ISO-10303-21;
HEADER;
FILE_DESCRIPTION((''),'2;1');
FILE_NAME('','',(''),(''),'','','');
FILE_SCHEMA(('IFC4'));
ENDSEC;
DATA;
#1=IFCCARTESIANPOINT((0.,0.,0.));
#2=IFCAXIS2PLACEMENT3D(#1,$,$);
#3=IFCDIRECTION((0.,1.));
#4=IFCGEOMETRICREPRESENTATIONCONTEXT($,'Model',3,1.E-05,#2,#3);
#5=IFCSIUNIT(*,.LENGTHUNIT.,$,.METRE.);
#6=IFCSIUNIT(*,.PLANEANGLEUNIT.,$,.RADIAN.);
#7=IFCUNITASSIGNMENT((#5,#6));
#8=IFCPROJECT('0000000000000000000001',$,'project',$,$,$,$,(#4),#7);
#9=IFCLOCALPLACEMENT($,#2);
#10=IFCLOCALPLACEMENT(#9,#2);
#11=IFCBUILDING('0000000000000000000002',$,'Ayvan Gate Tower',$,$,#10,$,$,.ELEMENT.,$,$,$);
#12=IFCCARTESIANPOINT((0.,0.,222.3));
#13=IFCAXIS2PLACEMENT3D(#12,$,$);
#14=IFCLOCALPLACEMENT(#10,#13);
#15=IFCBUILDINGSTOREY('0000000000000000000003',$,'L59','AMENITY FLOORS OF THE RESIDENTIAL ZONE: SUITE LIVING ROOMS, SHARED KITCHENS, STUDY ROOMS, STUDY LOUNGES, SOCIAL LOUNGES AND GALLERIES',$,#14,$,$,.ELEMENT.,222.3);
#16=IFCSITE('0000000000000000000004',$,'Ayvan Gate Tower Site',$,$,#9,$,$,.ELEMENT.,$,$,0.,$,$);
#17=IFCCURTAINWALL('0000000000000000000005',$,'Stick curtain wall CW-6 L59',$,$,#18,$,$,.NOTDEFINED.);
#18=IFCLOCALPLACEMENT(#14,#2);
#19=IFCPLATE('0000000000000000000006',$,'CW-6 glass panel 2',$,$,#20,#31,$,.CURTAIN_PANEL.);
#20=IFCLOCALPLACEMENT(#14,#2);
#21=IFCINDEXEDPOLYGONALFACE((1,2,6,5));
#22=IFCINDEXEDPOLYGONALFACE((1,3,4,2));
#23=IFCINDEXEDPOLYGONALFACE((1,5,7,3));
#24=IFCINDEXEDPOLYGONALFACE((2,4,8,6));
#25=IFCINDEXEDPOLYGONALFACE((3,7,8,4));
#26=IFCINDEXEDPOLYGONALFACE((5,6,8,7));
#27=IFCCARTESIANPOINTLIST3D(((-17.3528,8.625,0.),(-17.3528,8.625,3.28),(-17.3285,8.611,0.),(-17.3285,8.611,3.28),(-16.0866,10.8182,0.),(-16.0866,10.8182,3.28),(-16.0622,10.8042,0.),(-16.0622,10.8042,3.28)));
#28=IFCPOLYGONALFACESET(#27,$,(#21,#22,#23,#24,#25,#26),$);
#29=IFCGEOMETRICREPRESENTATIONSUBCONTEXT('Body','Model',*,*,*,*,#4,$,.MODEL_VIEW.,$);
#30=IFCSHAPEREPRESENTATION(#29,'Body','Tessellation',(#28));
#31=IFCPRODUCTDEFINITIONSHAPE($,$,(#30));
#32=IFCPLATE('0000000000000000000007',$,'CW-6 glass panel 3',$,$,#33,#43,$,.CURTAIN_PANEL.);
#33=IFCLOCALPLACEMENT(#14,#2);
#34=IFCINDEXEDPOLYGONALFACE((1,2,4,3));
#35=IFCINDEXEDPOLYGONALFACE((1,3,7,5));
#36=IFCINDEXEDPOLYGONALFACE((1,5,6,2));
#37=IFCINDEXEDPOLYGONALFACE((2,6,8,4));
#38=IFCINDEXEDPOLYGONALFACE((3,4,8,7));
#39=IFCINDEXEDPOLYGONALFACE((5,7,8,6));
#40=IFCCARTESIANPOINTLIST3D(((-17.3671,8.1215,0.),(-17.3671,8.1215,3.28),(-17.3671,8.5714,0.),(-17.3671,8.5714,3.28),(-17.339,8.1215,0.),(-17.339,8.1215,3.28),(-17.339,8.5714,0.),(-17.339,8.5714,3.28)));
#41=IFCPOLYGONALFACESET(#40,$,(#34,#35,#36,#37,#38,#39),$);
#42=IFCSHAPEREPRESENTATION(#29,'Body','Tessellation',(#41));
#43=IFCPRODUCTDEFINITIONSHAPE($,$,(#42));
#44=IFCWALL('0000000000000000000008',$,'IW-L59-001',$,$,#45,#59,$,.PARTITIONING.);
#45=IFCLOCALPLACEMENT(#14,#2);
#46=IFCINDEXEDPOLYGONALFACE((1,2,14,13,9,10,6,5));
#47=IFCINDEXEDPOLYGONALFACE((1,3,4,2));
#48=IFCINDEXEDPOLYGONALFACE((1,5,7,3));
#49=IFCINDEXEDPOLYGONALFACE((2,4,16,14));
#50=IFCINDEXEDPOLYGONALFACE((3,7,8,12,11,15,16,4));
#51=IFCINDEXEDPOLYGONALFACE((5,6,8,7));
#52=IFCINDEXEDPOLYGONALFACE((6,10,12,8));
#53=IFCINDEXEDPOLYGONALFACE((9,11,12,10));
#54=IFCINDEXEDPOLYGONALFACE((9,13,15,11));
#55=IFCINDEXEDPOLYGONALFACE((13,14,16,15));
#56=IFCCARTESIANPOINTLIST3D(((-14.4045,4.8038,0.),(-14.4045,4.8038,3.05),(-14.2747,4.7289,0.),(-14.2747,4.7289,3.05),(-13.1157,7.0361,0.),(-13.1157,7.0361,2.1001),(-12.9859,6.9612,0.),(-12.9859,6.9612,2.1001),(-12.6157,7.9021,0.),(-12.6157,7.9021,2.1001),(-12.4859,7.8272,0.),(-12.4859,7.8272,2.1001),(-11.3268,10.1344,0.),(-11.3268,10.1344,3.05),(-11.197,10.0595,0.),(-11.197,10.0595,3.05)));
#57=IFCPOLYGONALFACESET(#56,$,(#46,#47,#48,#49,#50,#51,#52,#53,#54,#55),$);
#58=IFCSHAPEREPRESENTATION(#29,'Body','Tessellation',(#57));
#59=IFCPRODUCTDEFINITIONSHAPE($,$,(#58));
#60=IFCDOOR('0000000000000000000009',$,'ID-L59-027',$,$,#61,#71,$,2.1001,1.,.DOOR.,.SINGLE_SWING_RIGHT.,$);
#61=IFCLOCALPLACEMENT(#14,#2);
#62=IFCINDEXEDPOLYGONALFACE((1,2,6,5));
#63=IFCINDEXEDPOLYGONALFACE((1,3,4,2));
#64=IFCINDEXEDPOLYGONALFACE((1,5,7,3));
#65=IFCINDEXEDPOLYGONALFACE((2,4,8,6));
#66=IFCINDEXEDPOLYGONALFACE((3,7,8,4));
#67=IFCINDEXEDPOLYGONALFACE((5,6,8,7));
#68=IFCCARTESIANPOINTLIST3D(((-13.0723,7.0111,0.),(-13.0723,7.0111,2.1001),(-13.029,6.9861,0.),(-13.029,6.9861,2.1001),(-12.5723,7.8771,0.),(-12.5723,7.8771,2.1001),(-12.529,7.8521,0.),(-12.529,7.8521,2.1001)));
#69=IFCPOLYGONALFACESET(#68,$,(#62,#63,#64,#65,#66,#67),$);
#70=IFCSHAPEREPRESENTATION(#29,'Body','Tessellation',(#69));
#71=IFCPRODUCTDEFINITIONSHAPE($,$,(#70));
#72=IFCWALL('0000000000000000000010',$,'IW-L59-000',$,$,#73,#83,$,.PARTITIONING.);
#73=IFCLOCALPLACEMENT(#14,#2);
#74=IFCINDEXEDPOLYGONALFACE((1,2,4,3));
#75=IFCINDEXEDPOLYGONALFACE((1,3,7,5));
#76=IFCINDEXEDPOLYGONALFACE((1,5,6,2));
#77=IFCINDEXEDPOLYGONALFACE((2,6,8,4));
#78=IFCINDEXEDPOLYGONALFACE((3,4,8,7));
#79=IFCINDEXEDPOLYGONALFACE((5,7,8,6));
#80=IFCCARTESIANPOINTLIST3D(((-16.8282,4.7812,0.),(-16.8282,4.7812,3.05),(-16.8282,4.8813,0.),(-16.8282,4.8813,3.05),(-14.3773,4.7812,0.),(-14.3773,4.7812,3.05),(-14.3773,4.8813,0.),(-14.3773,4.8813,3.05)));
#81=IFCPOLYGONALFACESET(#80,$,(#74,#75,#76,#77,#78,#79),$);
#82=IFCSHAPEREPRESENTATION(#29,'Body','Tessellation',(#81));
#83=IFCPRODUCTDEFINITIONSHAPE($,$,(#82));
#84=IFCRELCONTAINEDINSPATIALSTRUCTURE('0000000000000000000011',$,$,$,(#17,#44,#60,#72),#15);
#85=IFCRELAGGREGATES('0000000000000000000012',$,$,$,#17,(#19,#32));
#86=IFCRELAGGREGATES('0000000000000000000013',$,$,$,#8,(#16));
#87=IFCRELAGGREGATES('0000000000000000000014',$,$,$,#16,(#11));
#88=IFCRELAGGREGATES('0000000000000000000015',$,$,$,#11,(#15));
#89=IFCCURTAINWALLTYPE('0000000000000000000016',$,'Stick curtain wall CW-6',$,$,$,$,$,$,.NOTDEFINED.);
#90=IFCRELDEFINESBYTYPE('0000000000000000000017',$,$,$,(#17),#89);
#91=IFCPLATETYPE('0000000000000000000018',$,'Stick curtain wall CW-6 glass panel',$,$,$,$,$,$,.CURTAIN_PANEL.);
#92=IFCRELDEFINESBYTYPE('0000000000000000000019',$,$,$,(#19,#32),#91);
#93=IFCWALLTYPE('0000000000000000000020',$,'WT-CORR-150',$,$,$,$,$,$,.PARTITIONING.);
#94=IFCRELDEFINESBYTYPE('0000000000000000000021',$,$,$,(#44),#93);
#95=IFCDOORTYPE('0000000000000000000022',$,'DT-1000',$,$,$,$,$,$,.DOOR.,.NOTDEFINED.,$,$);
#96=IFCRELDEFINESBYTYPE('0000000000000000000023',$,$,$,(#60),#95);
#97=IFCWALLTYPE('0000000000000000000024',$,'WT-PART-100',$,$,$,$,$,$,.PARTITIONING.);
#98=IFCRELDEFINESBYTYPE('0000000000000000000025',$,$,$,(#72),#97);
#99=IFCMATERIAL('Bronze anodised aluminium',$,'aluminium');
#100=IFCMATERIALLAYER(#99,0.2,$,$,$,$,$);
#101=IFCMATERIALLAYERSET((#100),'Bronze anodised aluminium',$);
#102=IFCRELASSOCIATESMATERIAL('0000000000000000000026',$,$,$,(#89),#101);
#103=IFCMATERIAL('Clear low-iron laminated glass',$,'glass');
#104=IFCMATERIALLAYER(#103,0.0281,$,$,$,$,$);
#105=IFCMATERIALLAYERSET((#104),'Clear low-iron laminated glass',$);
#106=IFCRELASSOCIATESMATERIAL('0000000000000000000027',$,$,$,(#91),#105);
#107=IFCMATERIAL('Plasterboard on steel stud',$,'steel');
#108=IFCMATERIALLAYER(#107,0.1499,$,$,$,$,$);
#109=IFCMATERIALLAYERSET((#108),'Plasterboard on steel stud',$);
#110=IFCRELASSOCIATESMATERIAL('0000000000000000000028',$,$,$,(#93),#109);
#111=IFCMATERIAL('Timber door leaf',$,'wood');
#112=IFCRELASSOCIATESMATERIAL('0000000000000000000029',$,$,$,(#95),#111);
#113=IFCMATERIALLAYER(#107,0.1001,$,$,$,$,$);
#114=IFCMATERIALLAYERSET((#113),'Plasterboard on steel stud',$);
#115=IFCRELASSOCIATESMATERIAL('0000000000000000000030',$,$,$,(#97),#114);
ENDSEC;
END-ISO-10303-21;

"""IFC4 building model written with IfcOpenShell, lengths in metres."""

from ifc_helpers import new_model, si_unit, direction, frame, frame_2d, origin, origin_2d, place, context, subcontext, project, spatial, rectangle, extrude, material, layer, layer_set, type_object, element, fill, aggregate, save


model = new_model("IFC4")

# Units and contexts
model_context = context("Model", 3, precision=1e-05, world=origin(), true_north=direction((0.0, 1.0)))
body_context = subcontext(model_context, "Body", "Model", "MODEL_VIEW")
ifc_project = project(units=[si_unit("LENGTHUNIT", "METRE"), si_unit("PLANEANGLEUNIT", "RADIAN")], contexts=[model_context])

# Site, building, storey
site_placement = place(None, origin())
site = spatial("IfcSite", under=ifc_project, at=site_placement, Name="Ayvan Gate Tower Site", CompositionType="ELEMENT", RefElevation=0.0)
building_placement = place(site_placement, origin())
building = spatial("IfcBuilding", under=site, at=building_placement, Name="Ayvan Gate Tower", CompositionType="ELEMENT")
storey_placement = place(building_placement, frame((0.0, 0.0, 222.3)))
storey = spatial("IfcBuildingStorey", under=building, at=storey_placement, Name="L59", Description="AMENITY FLOORS OF THE RESIDENTIAL ZONE: SUITE LIVING ROOMS, SHARED KITCHENS, STUDY ROOMS, STUDY LOUNGES, SOCIAL LOUNGES AND GALLERIES", CompositionType="ELEMENT", Elevation=222.3)

# Curtain wall
ifc_material_1 = material(Name="Bronze anodised aluminium", Category="aluminium")
ifc_layer_1 = layer(ifc_material_1, 0.2)
ifc_layer_set_1 = layer_set([ifc_layer_1], Name="Bronze anodised aluminium")
curtain_wall_type_1 = type_object("IfcCurtainWallType", Name="Stick curtain wall CW-6", PredefinedType="NOTDEFINED", material=ifc_layer_set_1)
curtain_wall_1_placement = place(storey_placement, origin())
curtain_wall_1 = element("IfcCurtainWall", 1, at=curtain_wall_1_placement, inside=storey, type_object=curtain_wall_type_1, Name="Stick curtain wall CW-6 L59", PredefinedType="NOTDEFINED")

# Plates
ifc_material_2 = material(Name="Clear low-iron laminated glass", Category="glass")
ifc_layer_2 = layer(ifc_material_2, 0.0281)
ifc_layer_set_2 = layer_set([ifc_layer_2], Name="Clear low-iron laminated glass")
plate_type_1 = type_object("IfcPlateType", Name="Stick curtain wall CW-6 glass panel", PredefinedType="CURTAIN_PANEL", material=ifc_layer_set_2)
plate_1_placement = place(storey_placement, frame((-16.7075, 9.7146, 0.0), z_axis=(0.0, 0.0, 1.0), x_axis=(-0.5, -0.866025, 0.0)))
plate_1 = element("IfcPlate", 2, at=plate_1_placement, type_object=plate_type_1, Name="CW-6 glass panel 2", PredefinedType="CURTAIN_PANEL", context=body_context, shape_type="SweptSolid", body=[
    extrude(rectangle(XDim=2.5325, YDim=0.0281, at=origin_2d()), origin(), (0.0, 0.0, 1.0), 3.28),
])
plate_2_placement = place(storey_placement, frame((-17.353, 8.3464, 0.0), z_axis=(0.0, 0.0, 1.0), x_axis=(0.0, -1.0, 0.0)))
plate_2 = element("IfcPlate", 3, at=plate_2_placement, type_object=plate_type_1, Name="CW-6 glass panel 3", PredefinedType="CURTAIN_PANEL", context=body_context, shape_type="SweptSolid", body=[
    extrude(rectangle(XDim=0.45, YDim=0.0281, at=origin_2d()), origin(), (0.0, 0.0, 1.0), 3.28),
])
aggregate(curtain_wall_1, [plate_1, plate_2])

# Wall, opening, door
ifc_material_3 = material(Name="Plasterboard on steel stud", Category="steel")
ifc_layer_3 = layer(ifc_material_3, 0.1499)
ifc_layer_set_3 = layer_set([ifc_layer_3], Name="Plasterboard on steel stud")
wall_type_1 = type_object("IfcWallType", Name="WT-CORR-150", PredefinedType="PARTITIONING", material=ifc_layer_set_3)
wall_1_placement = place(storey_placement, frame((-14.3396, 4.7664, 0.0), z_axis=(0.0, 0.0, 1.0), x_axis=(0.500004, 0.866023, 0.0)))
wall_1 = element("IfcWall", 4, at=wall_1_placement, inside=storey, type_object=wall_type_1, Name="IW-L59-001", PredefinedType="PARTITIONING", context=body_context, shape_type="SweptSolid", body=[
    extrude(rectangle(XDim=6.1553, YDim=0.1499, at=frame_2d((3.0776, 0.0))), origin(), (0.0, 0.0, 1.0), 3.05),
])
opening_1_placement = place(wall_1_placement, frame((2.5776, 0.0, 0.0)))
opening_1 = element("IfcOpeningElement", 5, at=opening_1_placement, cuts=wall_1, PredefinedType="OPENING", context=body_context, shape_type="SweptSolid", body=[
    extrude(rectangle(XDim=1.0, YDim=2.1001, at=frame_2d((0.5, 1.05))), frame((0.0, 0.085, 0.0), z_axis=(0.0, -1.0, 0.0), x_axis=(1.0, 0.0, 0.0)), (0.0, 0.0, 1.0), 0.1699),
])
ifc_material_4 = material(Name="Timber door leaf", Category="wood")
door_type_1 = type_object("IfcDoorType", Name="DT-1000", OperationType="NOTDEFINED", PredefinedType="DOOR", material=ifc_material_4)
door_1_placement = place(opening_1_placement, origin())
door_1 = element("IfcDoor", 6, at=door_1_placement, inside=storey, type_object=door_type_1, Name="ID-L59-027", OperationType="SINGLE_SWING_RIGHT", OverallHeight=2.1001, OverallWidth=1.0, PredefinedType="DOOR", context=body_context, shape_type="SweptSolid", body=[
    extrude(rectangle(XDim=1.0, YDim=2.1001, at=frame_2d((0.5, 1.05))), frame((0.0, 0.0249, 0.0), z_axis=(0.0, -1.0, 0.0), x_axis=(1.0, 0.0, 0.0)), (0.0, 0.0, 1.0), 0.05),
])
fill(opening_1, door_1)

# Wall
ifc_layer_4 = layer(ifc_material_3, 0.1001)
ifc_layer_set_4 = layer_set([ifc_layer_4], Name="Plasterboard on steel stud")
wall_type_2 = type_object("IfcWallType", Name="WT-PART-100", PredefinedType="PARTITIONING", material=ifc_layer_set_4)
wall_2_placement = place(storey_placement, frame((-14.3772, 4.8313, 0.0), z_axis=(0.0, 0.0, 1.0), x_axis=(-1.0, 0.0, 0.0)))
element("IfcWall", 7, at=wall_2_placement, inside=storey, type_object=wall_type_2, Name="IW-L59-000", PredefinedType="PARTITIONING", context=body_context, shape_type="SweptSolid", body=[
    extrude(rectangle(XDim=2.4509, YDim=0.1001, at=frame_2d((1.2256, 0.0))), origin(), (0.0, 0.0, 1.0), 3.05),
])

save(model, "model.ifc")
